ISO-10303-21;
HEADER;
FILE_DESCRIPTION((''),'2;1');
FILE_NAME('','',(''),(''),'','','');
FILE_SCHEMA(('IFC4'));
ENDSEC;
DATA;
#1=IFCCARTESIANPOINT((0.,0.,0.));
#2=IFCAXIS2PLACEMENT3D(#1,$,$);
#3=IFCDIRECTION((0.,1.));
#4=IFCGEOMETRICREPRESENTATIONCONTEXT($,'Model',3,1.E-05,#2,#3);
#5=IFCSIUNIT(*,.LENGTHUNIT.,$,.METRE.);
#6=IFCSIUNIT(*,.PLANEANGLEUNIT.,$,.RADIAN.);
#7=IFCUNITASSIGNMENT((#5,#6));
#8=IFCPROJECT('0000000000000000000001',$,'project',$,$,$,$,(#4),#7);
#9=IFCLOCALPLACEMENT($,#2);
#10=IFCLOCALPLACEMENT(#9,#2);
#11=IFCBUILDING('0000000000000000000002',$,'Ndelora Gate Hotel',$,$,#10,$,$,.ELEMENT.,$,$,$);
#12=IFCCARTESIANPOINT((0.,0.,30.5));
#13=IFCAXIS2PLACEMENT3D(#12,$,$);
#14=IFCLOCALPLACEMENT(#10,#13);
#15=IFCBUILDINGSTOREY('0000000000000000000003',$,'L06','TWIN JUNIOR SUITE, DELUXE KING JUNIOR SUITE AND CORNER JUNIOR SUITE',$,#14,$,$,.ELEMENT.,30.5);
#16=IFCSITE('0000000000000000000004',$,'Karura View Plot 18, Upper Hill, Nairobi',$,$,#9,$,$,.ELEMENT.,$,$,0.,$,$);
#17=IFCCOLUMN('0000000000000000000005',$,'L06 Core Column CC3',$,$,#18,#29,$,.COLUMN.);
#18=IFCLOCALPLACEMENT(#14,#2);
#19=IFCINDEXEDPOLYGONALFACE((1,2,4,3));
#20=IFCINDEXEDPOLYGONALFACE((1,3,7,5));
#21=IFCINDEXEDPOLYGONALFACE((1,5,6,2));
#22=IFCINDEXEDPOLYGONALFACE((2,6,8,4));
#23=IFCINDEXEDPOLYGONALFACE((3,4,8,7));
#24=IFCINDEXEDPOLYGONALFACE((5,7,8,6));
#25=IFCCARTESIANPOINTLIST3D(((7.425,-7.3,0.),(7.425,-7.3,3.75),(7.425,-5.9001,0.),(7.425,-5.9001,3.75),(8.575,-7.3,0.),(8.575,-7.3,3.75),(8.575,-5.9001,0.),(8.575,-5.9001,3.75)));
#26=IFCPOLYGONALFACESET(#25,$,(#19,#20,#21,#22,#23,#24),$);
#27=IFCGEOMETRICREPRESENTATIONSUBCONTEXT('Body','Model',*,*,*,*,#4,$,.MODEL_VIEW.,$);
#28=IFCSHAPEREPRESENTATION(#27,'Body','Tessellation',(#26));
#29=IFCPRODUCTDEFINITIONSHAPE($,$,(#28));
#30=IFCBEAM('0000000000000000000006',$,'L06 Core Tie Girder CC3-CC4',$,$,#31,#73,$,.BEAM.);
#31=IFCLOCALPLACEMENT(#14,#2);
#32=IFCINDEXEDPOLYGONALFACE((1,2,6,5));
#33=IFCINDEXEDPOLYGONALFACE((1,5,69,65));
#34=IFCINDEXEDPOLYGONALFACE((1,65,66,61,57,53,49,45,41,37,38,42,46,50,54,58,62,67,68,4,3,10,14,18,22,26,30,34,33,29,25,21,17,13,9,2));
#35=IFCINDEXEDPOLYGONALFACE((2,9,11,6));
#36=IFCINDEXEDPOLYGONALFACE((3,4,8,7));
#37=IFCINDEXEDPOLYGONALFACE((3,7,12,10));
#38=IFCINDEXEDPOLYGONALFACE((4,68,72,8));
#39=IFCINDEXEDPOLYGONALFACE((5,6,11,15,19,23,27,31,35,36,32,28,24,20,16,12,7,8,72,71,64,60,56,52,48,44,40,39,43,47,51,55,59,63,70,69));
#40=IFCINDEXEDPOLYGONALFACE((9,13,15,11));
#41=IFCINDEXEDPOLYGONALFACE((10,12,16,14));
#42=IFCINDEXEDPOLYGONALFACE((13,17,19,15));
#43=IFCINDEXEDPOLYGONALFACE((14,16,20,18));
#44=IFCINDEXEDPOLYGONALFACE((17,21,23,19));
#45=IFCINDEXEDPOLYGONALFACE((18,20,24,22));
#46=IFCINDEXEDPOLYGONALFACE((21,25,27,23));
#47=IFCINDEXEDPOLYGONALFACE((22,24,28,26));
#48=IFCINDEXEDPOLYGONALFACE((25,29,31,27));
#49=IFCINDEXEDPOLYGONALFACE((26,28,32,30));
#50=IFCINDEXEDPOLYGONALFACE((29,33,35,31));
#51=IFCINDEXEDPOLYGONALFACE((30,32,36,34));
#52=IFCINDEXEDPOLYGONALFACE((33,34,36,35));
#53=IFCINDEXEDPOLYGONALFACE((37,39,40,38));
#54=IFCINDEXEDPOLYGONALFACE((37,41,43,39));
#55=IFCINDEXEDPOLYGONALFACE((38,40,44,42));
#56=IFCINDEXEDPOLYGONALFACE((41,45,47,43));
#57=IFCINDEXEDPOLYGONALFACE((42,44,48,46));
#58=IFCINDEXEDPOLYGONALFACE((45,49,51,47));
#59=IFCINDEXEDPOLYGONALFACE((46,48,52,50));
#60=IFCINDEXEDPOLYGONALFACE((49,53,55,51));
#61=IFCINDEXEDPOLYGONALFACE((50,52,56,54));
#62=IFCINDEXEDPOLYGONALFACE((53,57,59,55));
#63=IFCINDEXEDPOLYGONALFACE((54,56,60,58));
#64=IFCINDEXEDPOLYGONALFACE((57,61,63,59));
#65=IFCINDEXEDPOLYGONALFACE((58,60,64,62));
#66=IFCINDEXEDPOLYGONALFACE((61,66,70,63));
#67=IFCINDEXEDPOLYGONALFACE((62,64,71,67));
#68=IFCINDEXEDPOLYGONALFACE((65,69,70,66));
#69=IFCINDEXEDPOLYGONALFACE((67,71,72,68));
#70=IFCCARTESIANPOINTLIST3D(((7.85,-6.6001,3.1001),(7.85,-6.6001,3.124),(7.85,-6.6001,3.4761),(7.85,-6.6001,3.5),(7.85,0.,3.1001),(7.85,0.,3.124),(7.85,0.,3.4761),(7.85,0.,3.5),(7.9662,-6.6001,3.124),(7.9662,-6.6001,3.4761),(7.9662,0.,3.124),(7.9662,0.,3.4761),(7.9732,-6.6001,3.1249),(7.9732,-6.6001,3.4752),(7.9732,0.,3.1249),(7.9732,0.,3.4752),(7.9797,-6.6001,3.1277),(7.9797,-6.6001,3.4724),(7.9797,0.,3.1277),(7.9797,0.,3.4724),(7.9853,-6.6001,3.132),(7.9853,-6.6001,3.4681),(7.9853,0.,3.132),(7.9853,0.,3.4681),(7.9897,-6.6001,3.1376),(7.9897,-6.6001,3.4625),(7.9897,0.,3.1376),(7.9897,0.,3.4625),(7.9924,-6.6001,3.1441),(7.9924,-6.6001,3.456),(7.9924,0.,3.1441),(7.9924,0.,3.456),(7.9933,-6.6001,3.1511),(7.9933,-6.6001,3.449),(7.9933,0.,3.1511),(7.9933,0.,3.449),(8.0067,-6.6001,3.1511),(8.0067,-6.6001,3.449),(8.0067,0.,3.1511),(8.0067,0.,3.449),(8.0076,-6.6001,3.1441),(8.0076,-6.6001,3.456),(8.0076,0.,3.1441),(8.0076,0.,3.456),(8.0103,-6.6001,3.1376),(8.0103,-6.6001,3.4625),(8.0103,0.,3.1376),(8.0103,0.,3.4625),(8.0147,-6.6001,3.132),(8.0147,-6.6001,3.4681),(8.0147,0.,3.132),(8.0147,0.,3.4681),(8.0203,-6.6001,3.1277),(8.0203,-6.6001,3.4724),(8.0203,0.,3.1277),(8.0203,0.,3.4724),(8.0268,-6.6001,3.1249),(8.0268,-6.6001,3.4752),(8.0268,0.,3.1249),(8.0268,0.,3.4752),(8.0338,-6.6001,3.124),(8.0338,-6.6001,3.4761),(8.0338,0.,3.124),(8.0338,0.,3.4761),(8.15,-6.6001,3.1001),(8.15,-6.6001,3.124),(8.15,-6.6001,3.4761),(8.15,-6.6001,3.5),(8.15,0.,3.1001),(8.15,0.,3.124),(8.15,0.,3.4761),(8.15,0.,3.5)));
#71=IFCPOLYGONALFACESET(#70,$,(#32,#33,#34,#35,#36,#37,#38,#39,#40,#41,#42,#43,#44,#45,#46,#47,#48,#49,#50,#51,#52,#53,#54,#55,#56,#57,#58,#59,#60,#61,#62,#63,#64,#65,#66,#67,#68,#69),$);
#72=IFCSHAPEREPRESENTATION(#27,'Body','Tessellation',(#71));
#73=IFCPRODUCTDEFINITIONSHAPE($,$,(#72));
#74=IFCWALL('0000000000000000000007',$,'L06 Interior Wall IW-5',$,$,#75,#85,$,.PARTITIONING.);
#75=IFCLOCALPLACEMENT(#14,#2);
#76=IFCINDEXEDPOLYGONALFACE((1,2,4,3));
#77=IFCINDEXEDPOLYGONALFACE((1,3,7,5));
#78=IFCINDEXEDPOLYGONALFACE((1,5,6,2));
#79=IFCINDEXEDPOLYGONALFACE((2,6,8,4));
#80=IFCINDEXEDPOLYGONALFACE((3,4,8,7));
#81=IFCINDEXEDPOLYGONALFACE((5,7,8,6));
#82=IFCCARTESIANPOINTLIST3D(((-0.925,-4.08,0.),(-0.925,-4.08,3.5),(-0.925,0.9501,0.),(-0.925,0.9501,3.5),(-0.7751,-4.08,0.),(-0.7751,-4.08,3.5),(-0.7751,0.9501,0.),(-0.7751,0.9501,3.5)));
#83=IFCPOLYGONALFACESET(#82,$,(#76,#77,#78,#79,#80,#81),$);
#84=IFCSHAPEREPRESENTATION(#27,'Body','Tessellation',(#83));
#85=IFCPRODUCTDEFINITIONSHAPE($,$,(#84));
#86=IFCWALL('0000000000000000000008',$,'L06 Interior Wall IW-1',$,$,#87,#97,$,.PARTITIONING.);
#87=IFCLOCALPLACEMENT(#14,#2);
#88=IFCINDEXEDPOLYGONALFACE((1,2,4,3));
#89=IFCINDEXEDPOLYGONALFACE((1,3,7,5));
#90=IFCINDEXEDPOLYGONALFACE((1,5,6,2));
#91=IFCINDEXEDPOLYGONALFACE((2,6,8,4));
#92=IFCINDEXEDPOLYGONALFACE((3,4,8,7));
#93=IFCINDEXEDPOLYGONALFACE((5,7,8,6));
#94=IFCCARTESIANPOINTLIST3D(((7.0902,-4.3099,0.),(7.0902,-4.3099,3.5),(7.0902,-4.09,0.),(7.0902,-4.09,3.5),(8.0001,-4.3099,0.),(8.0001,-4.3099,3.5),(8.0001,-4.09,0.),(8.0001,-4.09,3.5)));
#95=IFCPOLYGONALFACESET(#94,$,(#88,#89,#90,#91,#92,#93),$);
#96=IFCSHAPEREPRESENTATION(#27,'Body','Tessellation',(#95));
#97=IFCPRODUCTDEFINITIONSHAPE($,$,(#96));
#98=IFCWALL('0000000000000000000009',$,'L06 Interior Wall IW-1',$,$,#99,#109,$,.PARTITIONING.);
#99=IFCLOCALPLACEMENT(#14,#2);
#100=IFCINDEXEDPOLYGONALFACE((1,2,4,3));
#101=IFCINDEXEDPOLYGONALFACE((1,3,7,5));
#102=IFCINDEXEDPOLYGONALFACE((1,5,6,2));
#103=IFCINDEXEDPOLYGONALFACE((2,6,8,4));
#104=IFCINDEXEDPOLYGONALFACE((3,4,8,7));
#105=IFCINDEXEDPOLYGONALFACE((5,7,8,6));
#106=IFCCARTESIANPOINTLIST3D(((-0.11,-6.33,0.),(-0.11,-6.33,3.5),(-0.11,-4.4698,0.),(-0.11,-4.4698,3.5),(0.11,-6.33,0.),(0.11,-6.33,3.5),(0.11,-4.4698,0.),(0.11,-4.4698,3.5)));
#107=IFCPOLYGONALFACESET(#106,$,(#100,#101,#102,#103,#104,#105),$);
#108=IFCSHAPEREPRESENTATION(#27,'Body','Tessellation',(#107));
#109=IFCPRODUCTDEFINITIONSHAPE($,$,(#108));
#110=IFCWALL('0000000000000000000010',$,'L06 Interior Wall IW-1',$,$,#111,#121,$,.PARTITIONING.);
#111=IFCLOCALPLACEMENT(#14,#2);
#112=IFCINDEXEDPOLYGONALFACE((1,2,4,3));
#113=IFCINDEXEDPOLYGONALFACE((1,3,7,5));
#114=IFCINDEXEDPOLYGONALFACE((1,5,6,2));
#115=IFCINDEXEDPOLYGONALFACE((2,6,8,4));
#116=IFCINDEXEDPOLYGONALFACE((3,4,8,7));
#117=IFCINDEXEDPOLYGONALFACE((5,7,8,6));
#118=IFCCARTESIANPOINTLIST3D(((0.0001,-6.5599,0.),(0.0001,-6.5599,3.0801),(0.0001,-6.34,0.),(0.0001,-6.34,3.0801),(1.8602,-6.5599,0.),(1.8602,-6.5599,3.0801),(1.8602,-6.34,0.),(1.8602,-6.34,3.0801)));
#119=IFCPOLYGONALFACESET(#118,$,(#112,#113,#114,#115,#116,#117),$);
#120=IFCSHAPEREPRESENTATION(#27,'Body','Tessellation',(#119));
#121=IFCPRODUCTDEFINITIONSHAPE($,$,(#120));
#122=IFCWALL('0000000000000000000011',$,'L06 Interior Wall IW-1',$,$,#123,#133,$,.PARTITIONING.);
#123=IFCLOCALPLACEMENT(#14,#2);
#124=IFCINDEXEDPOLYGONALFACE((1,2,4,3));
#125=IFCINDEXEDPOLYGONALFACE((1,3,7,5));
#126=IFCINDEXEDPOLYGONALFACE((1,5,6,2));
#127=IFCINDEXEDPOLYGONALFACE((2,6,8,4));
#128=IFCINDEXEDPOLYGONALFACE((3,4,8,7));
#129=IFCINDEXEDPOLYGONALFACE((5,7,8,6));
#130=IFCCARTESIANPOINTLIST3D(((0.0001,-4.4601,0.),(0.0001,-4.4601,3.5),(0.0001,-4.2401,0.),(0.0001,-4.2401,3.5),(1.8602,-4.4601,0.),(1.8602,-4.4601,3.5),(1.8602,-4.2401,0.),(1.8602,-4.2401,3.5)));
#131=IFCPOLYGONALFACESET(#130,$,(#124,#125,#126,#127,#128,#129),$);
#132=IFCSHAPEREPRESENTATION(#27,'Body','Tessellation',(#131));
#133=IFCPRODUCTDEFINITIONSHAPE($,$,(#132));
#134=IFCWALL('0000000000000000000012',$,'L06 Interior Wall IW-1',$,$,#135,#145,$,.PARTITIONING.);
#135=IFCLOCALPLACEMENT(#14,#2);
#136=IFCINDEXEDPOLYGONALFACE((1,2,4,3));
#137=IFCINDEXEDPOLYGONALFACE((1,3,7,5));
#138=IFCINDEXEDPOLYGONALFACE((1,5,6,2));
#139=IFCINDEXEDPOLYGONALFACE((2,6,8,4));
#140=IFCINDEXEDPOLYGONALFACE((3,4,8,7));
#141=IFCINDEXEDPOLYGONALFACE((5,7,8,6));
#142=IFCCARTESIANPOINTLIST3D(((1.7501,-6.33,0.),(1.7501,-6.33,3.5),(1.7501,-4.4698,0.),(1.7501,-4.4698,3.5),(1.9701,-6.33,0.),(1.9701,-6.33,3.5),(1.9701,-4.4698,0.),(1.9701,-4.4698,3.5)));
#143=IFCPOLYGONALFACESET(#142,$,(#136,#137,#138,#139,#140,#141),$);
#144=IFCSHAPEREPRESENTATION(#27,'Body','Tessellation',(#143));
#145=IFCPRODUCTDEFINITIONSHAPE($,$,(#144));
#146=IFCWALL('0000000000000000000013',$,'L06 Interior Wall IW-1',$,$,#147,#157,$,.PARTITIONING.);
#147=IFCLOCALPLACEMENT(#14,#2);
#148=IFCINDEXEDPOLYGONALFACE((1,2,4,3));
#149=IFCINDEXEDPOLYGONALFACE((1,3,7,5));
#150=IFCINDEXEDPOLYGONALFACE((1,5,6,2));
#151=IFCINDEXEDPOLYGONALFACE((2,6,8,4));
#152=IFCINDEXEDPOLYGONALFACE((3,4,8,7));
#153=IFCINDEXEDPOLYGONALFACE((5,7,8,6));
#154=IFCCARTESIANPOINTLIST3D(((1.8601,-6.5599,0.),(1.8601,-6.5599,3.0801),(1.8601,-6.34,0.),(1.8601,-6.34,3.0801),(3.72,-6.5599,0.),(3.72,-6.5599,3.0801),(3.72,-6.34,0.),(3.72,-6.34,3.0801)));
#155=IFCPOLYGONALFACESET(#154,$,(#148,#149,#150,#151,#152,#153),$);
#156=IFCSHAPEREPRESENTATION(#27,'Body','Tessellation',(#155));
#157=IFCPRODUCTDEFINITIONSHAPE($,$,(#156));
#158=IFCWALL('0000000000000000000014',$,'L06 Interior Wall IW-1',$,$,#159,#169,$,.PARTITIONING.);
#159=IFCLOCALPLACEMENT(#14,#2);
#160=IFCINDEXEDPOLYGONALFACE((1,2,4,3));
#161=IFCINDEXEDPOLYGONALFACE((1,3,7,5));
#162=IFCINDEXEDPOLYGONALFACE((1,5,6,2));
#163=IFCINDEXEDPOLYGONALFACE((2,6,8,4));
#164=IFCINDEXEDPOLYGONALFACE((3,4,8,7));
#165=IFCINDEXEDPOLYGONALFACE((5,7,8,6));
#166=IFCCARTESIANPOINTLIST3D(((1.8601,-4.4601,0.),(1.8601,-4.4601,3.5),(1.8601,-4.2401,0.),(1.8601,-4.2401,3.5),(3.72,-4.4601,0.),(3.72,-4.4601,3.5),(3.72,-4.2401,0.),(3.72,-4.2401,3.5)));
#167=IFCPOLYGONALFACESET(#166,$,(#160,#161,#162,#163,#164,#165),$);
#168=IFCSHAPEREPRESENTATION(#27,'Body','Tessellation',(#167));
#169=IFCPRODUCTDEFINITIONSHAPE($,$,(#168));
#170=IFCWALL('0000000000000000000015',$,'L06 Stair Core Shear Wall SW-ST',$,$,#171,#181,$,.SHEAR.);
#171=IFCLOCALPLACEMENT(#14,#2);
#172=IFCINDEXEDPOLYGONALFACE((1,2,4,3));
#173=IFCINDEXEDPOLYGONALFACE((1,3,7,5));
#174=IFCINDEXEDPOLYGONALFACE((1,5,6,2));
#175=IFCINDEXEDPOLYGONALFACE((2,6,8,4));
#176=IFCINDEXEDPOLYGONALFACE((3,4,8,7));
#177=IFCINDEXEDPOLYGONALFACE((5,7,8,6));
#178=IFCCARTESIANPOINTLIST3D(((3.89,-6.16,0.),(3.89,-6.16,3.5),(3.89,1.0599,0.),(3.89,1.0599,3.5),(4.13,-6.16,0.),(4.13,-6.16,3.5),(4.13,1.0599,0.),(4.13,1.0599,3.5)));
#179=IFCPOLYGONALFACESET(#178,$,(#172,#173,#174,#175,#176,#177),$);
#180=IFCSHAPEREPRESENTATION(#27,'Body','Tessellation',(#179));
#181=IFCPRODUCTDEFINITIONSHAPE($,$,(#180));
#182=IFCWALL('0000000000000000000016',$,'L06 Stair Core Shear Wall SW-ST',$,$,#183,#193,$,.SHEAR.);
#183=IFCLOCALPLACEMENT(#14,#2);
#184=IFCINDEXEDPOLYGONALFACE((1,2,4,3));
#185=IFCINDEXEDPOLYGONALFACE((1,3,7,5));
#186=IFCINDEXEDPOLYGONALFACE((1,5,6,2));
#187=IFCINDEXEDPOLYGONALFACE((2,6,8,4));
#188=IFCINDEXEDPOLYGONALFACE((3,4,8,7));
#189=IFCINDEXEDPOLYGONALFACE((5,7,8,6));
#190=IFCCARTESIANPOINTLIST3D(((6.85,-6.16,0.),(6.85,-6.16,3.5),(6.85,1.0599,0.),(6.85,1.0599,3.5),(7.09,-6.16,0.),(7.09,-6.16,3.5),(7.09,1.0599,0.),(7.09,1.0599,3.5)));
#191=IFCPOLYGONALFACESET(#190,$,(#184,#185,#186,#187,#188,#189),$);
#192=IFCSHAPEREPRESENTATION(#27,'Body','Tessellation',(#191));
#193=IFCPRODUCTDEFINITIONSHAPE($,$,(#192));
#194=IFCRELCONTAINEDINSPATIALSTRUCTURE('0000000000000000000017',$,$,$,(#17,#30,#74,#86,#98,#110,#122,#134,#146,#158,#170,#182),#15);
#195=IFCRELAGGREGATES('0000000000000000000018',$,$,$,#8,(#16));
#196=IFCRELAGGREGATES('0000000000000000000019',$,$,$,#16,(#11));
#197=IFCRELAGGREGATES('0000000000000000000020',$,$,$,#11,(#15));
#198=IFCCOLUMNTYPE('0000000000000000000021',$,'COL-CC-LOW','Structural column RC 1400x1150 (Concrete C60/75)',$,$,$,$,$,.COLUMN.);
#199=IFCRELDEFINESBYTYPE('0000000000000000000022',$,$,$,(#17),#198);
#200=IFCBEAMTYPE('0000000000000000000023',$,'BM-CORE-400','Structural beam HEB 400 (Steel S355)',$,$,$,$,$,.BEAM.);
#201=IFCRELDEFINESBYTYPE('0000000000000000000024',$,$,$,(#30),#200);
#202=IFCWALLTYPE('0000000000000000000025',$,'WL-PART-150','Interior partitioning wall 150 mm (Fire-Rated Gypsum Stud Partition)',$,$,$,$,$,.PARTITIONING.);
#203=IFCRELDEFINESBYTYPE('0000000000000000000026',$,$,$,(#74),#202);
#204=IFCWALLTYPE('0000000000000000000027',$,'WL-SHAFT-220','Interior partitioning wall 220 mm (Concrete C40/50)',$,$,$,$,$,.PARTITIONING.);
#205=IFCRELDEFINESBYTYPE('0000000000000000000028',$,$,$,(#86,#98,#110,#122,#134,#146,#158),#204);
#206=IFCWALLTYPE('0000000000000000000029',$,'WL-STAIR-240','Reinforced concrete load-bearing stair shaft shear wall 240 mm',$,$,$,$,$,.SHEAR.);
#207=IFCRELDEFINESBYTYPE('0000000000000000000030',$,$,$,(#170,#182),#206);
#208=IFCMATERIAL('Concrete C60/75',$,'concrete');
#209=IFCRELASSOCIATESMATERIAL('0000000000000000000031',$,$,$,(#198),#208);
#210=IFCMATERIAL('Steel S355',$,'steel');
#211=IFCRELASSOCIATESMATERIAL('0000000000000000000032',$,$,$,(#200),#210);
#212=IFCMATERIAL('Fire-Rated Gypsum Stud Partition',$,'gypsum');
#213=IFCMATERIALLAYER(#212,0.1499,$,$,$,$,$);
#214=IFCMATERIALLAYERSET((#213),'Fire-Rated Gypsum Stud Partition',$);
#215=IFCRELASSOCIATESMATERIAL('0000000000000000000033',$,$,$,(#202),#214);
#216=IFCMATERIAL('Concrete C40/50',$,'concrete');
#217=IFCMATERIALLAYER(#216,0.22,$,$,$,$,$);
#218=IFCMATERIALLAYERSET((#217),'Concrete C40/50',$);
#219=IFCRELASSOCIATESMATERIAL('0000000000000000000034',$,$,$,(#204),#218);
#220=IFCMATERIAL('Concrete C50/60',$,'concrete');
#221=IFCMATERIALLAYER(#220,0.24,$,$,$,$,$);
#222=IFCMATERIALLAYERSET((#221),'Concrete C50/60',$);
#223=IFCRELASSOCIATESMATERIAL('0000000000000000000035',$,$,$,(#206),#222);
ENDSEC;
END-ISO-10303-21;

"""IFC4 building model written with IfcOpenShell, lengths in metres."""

from ifc_helpers import new_model, si_unit, direction, frame, frame_2d, origin, origin_2d, place, context, subcontext, project, spatial, rectangle, i_section, extrude, material, layer, layer_set, material_profile, profile_set, type_object, element, save


model = new_model("IFC4")

# Units and contexts
model_context = context("Model", 3, precision=1e-05, world=origin(), true_north=direction((0.0, 1.0)))
body_context = subcontext(model_context, "Body", "Model", "MODEL_VIEW")
ifc_project = project(units=[si_unit("LENGTHUNIT", "METRE"), si_unit("PLANEANGLEUNIT", "RADIAN")], contexts=[model_context])

# Site, building, storey
site_placement = place(None, origin())
site = spatial("IfcSite", under=ifc_project, at=site_placement, Name="Karura View Plot 18, Upper Hill, Nairobi", CompositionType="ELEMENT", RefElevation=0.0)
building_placement = place(site_placement, origin())
building = spatial("IfcBuilding", under=site, at=building_placement, Name="Ndelora Gate Hotel", CompositionType="ELEMENT")
storey_placement = place(building_placement, frame((0.0, 0.0, 30.5)))
storey = spatial("IfcBuildingStorey", under=building, at=storey_placement, Name="L06", Description="TWIN JUNIOR SUITE, DELUXE KING JUNIOR SUITE AND CORNER JUNIOR SUITE", CompositionType="ELEMENT", Elevation=30.5)

# Column
ifc_material_1 = material(Name="Concrete C60/75", Category="concrete")
ifc_material_profile_1 = material_profile(ifc_material_1, rectangle(XDim=1.1499, YDim=1.3999, at=origin_2d()), Name="RC 1400x1150")
ifc_profile_set_1 = profile_set([ifc_material_profile_1], Name="Concrete C60/75")
column_type = type_object("IfcColumnType", Name="COL-CC-LOW", Description="Structural column RC 1400x1150 (Concrete C60/75)", PredefinedType="COLUMN", material=ifc_profile_set_1)
column_placement = place(storey_placement, frame((8.0, -6.6001, 0.0), z_axis=(0.0, 0.0, 1.0), x_axis=(1.0, 0.0, 0.0)))
element("IfcColumn", 1, at=column_placement, inside=storey, type_object=column_type, Name="L06 Core Column CC3", PredefinedType="COLUMN", context=body_context, shape_type="SweptSolid", body=[
    extrude(rectangle(XDim=1.1499, YDim=1.3999, at=origin_2d()), origin(), (0.0, 0.0, 1.0), 3.75),
])

# Beam
ifc_material_2 = material(Name="Steel S355", Category="steel")
ifc_material_profile_2 = material_profile(ifc_material_2, i_section(OverallWidth=0.3, OverallDepth=0.3999, WebThickness=0.0134, FlangeThickness=0.0239, FilletRadius=0.0271, at=origin_2d()), Name="HEB 400")
ifc_profile_set_2 = profile_set([ifc_material_profile_2], Name="Steel S355")
beam_type = type_object("IfcBeamType", Name="BM-CORE-400", Description="Structural beam HEB 400 (Steel S355)", PredefinedType="BEAM", material=ifc_profile_set_2)
beam_placement = place(storey_placement, frame((8.0, -6.6001, 3.3), z_axis=(0.0, 1.0, 0.0), x_axis=(-1.0, 0.0, 0.0)))
element("IfcBeam", 2, at=beam_placement, inside=storey, type_object=beam_type, Name="L06 Core Tie Girder CC3-CC4", PredefinedType="BEAM", context=body_context, shape_type="SweptSolid", body=[
    extrude(i_section(OverallWidth=0.3, OverallDepth=0.3999, WebThickness=0.0134, FlangeThickness=0.0239, FilletRadius=0.0271, at=origin_2d()), origin(), (0.0, 0.0, 1.0), 6.6001),
])

# Walls
ifc_material_3 = material(Name="Fire-Rated Gypsum Stud Partition", Category="gypsum")
ifc_layer_1 = layer(ifc_material_3, 0.1499)
ifc_layer_set_1 = layer_set([ifc_layer_1], Name="Fire-Rated Gypsum Stud Partition")
wall_type_1 = type_object("IfcWallType", Name="WL-PART-150", Description="Interior partitioning wall 150 mm (Fire-Rated Gypsum Stud Partition)", PredefinedType="PARTITIONING", material=ifc_layer_set_1)
wall_1_placement = place(storey_placement, frame((-0.8501, -4.0801, 0.0), z_axis=(0.0, 0.0, 1.0), x_axis=(0.0, 1.0, 0.0)))
element("IfcWall", 3, at=wall_1_placement, inside=storey, type_object=wall_type_1, Name="L06 Interior Wall IW-5", PredefinedType="PARTITIONING", context=body_context, shape_type="SweptSolid", body=[
    extrude(rectangle(XDim=5.03, YDim=0.1499, at=frame_2d((2.5151, 0.0))), origin(), (0.0, 0.0, 1.0), 3.5),
])
ifc_material_4 = material(Name="Concrete C40/50", Category="concrete")
ifc_layer_2 = layer(ifc_material_4, 0.22)
ifc_layer_set_2 = layer_set([ifc_layer_2], Name="Concrete C40/50")
wall_type_2 = type_object("IfcWallType", Name="WL-SHAFT-220", Description="Interior partitioning wall 220 mm (Concrete C40/50)", PredefinedType="PARTITIONING", material=ifc_layer_set_2)
wall_2_placement = place(storey_placement, frame((7.0901, -4.2, 0.0), z_axis=(0.0, 0.0, 1.0), x_axis=(1.0, 0.0, 0.0)))
element("IfcWall", 4, at=wall_2_placement, inside=storey, type_object=wall_type_2, Name="L06 Interior Wall IW-1", PredefinedType="PARTITIONING", context=body_context, shape_type="SweptSolid", body=[
    extrude(rectangle(XDim=0.9099, YDim=0.22, at=frame_2d((0.4551, 0.0))), origin(), (0.0, 0.0, 1.0), 3.5),
])
wall_3_placement = place(storey_placement, frame((0.0, -6.3301, 0.0), z_axis=(0.0, 0.0, 1.0), x_axis=(0.0, 1.0, 0.0)))
element("IfcWall", 5, at=wall_3_placement, inside=storey, type_object=wall_type_2, Name="L06 Interior Wall IW-1", PredefinedType="PARTITIONING", context=body_context, shape_type="SweptSolid", body=[
    extrude(rectangle(XDim=1.8601, YDim=0.22, at=frame_2d((0.9302, 0.0))), origin(), (0.0, 0.0, 1.0), 3.5),
])
wall_4_placement = place(storey_placement, frame((0.0, -6.45, 0.0), z_axis=(0.0, 0.0, 1.0), x_axis=(1.0, 0.0, 0.0)))
element("IfcWall", 6, at=wall_4_placement, inside=storey, type_object=wall_type_2, Name="L06 Interior Wall IW-1", PredefinedType="PARTITIONING", context=body_context, shape_type="SweptSolid", body=[
    extrude(rectangle(XDim=1.8601, YDim=0.22, at=frame_2d((0.9302, 0.0))), origin(), (0.0, 0.0, 1.0), 3.0801),
])
for number, where, z_axis, x_axis, name in (
    (7, (0.0, -4.3501, 0.0), (0.0, 0.0, 1.0), (1.0, 0.0, 0.0), "L06 Interior Wall IW-1"),
    (8, (1.8601, -6.3301, 0.0), (0.0, 0.0, 1.0), (0.0, 1.0, 0.0), "L06 Interior Wall IW-1"),
):
    element("IfcWall", number, at=place(storey_placement, frame(where, z_axis=z_axis, x_axis=x_axis)), inside=storey, type_object=wall_type_2, Name=name, PredefinedType="PARTITIONING", context=body_context, shape_type="SweptSolid", body=[
        extrude(rectangle(XDim=1.8601, YDim=0.22, at=frame_2d((0.9302, 0.0))), origin(), (0.0, 0.0, 1.0), 3.5),
    ])
wall_5_placement = place(storey_placement, frame((1.8601, -6.45, 0.0), z_axis=(0.0, 0.0, 1.0), x_axis=(1.0, 0.0, 0.0)))
element("IfcWall", 9, at=wall_5_placement, inside=storey, type_object=wall_type_2, Name="L06 Interior Wall IW-1", PredefinedType="PARTITIONING", context=body_context, shape_type="SweptSolid", body=[
    extrude(rectangle(XDim=1.8599, YDim=0.22, at=frame_2d((0.9299, 0.0))), origin(), (0.0, 0.0, 1.0), 3.0801),
])
wall_6_placement = place(storey_placement, frame((1.8601, -4.3501, 0.0), z_axis=(0.0, 0.0, 1.0), x_axis=(1.0, 0.0, 0.0)))
element("IfcWall", 10, at=wall_6_placement, inside=storey, type_object=wall_type_2, Name="L06 Interior Wall IW-1", PredefinedType="PARTITIONING", context=body_context, shape_type="SweptSolid", body=[
    extrude(rectangle(XDim=1.8599, YDim=0.22, at=frame_2d((0.9299, 0.0))), origin(), (0.0, 0.0, 1.0), 3.5),
])
ifc_material_5 = material(Name="Concrete C50/60", Category="concrete")
ifc_layer_3 = layer(ifc_material_5, 0.24)
ifc_layer_set_3 = layer_set([ifc_layer_3], Name="Concrete C50/60")
wall_type_3 = type_object("IfcWallType", Name="WL-STAIR-240", Description="Reinforced concrete load-bearing stair shaft shear wall 240 mm", PredefinedType="SHEAR", material=ifc_layer_set_3)
for number, where, z_axis, x_axis, name in (
    (11, (4.01, -6.1599, 0.0), (0.0, 0.0, 1.0), (0.0, 1.0, 0.0), "L06 Stair Core Shear Wall SW-ST"),
    (12, (6.97, -6.1599, 0.0), (0.0, 0.0, 1.0), (0.0, 1.0, 0.0), "L06 Stair Core Shear Wall SW-ST"),
):
    element("IfcWall", number, at=place(storey_placement, frame(where, z_axis=z_axis, x_axis=x_axis)), inside=storey, type_object=wall_type_3, Name=name, PredefinedType="SHEAR", context=body_context, shape_type="SweptSolid", body=[
        extrude(rectangle(XDim=7.22, YDim=0.24, at=frame_2d((3.6099, 0.0))), origin(), (0.0, 0.0, 1.0), 3.5),
    ])

save(model, "model.ifc")
